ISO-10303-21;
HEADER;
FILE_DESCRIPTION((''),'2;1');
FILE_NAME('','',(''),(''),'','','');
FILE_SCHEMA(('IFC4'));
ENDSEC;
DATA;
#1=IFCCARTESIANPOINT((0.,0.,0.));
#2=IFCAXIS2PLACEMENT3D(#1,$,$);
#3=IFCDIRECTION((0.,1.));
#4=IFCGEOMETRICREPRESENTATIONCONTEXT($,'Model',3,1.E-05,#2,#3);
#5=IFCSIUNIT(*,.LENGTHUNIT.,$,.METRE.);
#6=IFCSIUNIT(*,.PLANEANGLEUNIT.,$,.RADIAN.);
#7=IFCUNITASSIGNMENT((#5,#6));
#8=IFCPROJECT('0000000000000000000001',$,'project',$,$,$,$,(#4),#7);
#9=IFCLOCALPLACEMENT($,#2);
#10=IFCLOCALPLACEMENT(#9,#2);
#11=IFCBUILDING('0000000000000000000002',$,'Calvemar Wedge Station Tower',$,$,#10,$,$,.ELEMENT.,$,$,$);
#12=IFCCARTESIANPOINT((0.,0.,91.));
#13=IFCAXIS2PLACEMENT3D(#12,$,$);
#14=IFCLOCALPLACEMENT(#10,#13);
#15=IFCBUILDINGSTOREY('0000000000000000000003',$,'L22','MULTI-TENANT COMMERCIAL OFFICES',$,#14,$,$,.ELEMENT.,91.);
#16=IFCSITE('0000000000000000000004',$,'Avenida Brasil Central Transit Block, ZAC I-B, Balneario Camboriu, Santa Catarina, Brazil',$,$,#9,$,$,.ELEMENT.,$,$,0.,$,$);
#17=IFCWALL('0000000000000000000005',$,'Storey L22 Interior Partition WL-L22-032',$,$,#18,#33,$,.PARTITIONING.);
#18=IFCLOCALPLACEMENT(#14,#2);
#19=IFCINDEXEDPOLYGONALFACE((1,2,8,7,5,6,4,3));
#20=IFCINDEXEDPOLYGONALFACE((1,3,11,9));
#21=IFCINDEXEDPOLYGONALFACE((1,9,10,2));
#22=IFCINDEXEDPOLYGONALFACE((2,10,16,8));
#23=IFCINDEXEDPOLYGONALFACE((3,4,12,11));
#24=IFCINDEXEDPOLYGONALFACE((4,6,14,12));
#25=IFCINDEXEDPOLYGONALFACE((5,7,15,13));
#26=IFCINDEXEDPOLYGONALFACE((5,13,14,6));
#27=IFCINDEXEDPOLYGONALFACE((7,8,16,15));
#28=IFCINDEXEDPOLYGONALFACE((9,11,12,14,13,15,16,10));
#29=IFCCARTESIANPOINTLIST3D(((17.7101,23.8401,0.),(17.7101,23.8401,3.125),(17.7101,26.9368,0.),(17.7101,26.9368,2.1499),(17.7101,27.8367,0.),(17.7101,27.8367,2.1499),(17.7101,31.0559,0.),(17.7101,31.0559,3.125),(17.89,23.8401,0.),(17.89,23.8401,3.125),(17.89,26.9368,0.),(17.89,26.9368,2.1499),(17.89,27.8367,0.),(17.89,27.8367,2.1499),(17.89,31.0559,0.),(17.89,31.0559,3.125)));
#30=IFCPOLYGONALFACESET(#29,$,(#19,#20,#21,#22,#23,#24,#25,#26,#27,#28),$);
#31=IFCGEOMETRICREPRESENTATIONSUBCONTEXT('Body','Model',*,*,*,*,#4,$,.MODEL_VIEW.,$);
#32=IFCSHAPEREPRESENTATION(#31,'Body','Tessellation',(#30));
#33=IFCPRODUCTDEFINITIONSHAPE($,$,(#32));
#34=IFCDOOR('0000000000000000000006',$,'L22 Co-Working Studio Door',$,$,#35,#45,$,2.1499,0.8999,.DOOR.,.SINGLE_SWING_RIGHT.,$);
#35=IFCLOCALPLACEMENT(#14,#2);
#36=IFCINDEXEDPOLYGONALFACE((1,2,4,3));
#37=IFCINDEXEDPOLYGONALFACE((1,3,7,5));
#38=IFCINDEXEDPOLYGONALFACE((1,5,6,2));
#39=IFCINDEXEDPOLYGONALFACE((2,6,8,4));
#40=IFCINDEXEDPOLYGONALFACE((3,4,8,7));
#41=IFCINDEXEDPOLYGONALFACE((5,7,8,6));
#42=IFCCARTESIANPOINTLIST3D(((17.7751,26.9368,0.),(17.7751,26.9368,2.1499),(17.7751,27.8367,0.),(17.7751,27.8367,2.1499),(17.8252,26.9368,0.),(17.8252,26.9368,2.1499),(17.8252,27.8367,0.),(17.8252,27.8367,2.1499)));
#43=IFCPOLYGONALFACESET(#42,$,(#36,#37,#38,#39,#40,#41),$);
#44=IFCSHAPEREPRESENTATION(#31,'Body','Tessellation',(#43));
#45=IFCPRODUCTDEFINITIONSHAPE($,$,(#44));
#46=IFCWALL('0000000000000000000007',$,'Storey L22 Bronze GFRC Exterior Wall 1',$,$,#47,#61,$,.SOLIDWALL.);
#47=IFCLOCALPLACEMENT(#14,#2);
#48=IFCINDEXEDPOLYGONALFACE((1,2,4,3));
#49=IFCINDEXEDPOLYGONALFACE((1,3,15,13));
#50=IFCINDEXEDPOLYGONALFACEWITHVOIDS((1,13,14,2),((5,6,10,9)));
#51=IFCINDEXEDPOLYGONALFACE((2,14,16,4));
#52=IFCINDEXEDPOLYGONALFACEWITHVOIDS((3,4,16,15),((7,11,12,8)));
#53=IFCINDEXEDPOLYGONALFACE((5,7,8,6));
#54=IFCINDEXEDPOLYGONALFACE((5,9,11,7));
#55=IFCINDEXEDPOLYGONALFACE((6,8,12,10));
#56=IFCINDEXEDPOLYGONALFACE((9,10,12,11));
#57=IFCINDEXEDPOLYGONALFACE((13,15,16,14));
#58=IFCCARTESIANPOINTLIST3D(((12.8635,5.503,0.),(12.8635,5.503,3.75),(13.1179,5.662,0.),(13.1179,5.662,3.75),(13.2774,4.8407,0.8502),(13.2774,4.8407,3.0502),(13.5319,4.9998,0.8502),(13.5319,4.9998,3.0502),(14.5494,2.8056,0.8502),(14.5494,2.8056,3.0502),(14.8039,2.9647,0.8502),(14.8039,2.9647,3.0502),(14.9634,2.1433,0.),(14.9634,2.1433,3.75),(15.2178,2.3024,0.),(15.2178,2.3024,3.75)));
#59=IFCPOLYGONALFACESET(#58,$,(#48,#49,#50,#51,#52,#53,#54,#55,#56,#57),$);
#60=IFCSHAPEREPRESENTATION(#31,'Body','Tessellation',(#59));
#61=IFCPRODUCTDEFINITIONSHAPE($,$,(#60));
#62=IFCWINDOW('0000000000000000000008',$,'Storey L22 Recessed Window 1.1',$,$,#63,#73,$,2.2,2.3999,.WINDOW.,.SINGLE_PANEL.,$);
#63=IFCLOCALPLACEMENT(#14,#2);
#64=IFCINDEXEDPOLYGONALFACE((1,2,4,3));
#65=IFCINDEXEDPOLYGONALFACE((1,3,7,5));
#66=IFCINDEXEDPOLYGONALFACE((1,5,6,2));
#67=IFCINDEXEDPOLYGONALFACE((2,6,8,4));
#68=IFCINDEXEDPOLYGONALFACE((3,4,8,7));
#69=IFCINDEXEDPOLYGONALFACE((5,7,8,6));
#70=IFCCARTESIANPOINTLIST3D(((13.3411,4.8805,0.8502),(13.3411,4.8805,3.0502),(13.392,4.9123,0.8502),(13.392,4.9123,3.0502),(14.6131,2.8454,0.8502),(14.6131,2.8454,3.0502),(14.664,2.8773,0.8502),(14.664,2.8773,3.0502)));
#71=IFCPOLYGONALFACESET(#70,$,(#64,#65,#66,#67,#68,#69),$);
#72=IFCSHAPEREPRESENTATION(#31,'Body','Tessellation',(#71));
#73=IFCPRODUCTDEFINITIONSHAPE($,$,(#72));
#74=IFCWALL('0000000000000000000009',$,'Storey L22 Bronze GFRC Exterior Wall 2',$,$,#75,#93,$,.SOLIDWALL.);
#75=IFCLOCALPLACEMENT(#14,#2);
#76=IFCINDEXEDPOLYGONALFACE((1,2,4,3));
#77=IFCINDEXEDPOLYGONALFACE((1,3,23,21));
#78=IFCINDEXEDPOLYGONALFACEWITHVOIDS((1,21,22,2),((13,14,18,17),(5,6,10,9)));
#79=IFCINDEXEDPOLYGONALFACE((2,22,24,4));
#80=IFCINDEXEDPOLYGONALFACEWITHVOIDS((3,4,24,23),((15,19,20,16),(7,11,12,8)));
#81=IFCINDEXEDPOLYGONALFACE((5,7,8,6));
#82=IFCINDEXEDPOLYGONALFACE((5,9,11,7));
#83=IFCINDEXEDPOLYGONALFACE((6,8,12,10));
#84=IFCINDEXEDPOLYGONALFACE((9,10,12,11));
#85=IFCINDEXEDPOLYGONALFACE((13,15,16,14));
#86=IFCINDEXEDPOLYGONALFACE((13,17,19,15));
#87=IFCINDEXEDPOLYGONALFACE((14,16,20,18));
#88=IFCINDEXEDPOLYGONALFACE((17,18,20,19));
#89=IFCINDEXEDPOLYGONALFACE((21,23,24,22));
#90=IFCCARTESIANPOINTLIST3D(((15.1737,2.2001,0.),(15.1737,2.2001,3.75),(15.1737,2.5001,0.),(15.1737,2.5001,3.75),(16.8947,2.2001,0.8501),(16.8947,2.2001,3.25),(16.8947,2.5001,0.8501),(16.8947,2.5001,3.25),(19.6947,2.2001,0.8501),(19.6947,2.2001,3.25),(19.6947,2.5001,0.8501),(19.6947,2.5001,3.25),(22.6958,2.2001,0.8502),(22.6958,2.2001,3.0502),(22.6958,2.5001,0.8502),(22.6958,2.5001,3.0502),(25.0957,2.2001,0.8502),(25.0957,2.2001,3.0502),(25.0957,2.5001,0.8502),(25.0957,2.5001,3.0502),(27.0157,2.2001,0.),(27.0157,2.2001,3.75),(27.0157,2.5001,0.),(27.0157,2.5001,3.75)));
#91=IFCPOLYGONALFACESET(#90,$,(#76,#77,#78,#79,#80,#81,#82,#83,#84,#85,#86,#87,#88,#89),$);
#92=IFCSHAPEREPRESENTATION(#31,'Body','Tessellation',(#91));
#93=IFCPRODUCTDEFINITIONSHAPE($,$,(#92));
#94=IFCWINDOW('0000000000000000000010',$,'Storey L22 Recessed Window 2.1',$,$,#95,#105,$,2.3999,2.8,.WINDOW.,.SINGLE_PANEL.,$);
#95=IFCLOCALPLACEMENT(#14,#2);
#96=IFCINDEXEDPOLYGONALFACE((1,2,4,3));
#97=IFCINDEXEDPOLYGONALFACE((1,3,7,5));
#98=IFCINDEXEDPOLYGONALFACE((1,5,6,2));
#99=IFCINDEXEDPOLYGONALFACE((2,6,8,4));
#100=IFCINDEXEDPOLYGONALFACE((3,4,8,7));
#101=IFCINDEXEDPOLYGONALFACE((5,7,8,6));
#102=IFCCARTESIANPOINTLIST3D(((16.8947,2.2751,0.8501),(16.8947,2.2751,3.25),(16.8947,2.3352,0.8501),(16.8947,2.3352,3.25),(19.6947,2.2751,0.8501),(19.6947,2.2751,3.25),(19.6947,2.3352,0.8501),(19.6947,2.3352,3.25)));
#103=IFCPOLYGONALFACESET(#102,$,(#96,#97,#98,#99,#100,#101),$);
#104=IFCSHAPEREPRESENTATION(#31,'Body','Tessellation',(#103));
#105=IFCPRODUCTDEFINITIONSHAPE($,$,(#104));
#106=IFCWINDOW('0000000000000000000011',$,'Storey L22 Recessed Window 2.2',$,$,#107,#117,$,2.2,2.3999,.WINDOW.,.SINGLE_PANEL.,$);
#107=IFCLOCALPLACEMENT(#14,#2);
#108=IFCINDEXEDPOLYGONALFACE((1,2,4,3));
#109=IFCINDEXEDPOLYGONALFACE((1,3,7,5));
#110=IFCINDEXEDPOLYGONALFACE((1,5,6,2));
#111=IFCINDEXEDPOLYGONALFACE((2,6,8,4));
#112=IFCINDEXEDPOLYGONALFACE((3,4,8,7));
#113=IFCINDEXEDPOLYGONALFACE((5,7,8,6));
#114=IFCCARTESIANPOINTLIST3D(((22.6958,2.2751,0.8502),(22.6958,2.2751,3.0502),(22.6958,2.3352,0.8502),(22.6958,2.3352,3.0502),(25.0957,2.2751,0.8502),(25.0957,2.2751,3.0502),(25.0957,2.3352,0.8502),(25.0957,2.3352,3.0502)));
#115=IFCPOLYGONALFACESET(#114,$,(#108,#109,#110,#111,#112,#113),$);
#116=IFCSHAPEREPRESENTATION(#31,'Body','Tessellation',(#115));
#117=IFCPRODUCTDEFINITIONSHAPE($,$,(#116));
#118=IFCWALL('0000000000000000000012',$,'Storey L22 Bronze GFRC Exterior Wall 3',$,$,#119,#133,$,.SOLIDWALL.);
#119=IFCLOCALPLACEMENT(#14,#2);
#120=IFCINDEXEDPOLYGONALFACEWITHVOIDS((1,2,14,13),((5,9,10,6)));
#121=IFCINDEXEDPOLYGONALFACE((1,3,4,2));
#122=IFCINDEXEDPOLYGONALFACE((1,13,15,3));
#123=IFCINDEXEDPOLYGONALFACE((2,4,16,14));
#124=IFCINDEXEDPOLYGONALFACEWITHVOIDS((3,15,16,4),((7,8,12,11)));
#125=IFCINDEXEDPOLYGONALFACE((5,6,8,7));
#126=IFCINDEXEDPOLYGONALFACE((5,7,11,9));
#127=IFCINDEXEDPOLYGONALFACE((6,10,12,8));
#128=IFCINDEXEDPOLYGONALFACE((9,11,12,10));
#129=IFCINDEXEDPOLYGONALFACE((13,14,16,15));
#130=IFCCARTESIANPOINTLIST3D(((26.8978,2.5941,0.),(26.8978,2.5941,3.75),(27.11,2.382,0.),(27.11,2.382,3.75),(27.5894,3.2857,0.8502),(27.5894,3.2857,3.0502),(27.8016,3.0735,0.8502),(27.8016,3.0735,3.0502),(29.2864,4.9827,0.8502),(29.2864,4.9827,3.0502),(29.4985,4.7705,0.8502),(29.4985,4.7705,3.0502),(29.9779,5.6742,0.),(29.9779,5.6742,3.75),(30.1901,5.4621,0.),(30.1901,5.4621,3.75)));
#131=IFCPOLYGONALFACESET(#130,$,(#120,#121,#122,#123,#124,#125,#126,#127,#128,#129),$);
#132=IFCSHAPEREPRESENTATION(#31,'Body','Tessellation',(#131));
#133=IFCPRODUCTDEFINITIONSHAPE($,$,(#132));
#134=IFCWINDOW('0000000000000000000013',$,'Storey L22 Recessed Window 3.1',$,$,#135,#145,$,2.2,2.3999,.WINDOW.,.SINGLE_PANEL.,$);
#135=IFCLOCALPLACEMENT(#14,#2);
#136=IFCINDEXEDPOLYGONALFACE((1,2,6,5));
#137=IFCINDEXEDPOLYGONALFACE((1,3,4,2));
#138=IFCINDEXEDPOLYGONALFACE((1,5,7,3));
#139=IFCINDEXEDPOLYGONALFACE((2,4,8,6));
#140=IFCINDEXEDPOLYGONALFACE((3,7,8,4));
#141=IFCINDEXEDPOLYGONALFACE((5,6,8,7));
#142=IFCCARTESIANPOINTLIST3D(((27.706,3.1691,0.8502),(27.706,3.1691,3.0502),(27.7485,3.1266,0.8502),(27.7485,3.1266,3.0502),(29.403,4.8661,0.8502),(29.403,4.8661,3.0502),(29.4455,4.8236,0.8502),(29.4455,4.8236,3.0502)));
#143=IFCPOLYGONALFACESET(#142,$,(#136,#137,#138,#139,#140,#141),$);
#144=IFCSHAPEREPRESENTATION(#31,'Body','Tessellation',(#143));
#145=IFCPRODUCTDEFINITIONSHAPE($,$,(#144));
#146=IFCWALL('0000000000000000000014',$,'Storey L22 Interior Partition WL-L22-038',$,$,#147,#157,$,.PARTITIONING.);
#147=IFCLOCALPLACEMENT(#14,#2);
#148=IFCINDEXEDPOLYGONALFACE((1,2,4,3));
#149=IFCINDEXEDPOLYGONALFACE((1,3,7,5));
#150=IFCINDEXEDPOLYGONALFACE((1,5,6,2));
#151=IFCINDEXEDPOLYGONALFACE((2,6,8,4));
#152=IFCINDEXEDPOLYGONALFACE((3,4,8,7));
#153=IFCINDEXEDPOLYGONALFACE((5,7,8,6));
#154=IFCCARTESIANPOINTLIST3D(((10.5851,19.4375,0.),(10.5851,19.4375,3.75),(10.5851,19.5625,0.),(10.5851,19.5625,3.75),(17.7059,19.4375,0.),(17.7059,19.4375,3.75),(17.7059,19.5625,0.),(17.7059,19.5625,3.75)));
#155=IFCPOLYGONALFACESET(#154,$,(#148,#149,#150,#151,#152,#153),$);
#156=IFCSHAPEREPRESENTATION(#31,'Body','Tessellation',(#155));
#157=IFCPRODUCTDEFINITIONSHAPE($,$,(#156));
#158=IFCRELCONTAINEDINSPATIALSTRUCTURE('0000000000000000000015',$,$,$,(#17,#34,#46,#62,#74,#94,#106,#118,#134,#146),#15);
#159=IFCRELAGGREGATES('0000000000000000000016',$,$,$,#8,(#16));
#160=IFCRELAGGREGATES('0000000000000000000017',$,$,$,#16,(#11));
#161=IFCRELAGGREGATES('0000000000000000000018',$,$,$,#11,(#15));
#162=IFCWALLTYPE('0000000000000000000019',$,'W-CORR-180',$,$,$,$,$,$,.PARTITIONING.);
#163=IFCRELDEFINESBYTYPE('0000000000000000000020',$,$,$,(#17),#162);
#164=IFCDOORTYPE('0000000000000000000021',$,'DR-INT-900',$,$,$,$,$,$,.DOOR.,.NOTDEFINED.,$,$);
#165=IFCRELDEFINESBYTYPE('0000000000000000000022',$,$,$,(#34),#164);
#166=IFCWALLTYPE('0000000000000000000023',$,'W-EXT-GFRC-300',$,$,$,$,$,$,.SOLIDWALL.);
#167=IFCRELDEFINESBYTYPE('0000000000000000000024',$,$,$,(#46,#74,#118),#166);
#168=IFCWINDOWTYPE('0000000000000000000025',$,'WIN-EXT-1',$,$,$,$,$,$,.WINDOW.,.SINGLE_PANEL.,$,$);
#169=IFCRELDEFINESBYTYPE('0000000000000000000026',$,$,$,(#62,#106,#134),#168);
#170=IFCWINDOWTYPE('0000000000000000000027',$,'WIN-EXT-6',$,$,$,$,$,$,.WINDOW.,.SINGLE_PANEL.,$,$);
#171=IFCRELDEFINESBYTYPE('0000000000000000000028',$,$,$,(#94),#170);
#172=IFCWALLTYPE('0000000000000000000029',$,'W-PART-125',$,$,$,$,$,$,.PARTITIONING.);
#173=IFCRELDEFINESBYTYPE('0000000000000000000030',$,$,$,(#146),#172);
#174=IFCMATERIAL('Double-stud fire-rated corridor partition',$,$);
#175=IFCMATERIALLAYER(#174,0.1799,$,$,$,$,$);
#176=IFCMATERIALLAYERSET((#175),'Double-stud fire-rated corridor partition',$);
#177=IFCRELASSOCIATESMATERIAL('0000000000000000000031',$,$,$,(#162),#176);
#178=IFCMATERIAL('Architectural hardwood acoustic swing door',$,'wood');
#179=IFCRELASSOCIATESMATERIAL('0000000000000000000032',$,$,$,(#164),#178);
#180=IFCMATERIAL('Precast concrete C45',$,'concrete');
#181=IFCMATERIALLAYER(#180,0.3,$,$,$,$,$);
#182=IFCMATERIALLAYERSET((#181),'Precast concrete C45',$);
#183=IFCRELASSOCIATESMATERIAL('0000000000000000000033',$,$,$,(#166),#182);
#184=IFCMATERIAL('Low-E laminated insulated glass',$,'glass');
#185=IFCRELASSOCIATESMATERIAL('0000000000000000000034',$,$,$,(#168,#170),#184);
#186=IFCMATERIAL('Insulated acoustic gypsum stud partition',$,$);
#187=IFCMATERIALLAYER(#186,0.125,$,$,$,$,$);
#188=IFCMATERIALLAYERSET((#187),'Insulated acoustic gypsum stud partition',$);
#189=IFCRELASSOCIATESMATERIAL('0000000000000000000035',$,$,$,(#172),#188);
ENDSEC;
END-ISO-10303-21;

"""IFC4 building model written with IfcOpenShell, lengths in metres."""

from ifc_helpers import new_model, si_unit, direction, frame, frame_2d, origin, place, context, subcontext, project, spatial, rectangle, extrude, source, transform, mapped, material, layer, layer_set, type_object, element, fill, save


model = new_model("IFC4")

# Units and contexts
model_context = context("Model", 3, precision=1e-05, world=origin(), true_north=direction((0.0, 1.0)))
body_context = subcontext(model_context, "Body", "Model", "MODEL_VIEW")
ifc_project = project(units=[si_unit("LENGTHUNIT", "METRE"), si_unit("PLANEANGLEUNIT", "RADIAN")], contexts=[model_context])

# Site, building, storey
site_placement = place(None, origin())
site = spatial("IfcSite", under=ifc_project, at=site_placement, Name="Avenida Brasil Central Transit Block, ZAC I-B, Balneario Camboriu, Santa Catarina, Brazil", CompositionType="ELEMENT", RefElevation=0.0)
building_placement = place(site_placement, origin())
building = spatial("IfcBuilding", under=site, at=building_placement, Name="Calvemar Wedge Station Tower", CompositionType="ELEMENT")
storey_placement = place(building_placement, frame((0.0, 0.0, 91.0)))
storey = spatial("IfcBuildingStorey", under=building, at=storey_placement, Name="L22", Description="MULTI-TENANT COMMERCIAL OFFICES", CompositionType="ELEMENT", Elevation=91.0)

# Wall, opening, door
ifc_material_1 = material(Name="Double-stud fire-rated corridor partition")
ifc_layer_1 = layer(ifc_material_1, 0.1799)
ifc_layer_set_1 = layer_set([ifc_layer_1], Name="Double-stud fire-rated corridor partition")
wall_type_1 = type_object("IfcWallType", Name="W-CORR-180", PredefinedType="PARTITIONING", material=ifc_layer_set_1)
wall_1_placement = place(storey_placement, frame((17.8, 23.8401, 0.0), z_axis=(0.0, 0.0, 1.0), x_axis=(0.0, 1.0, 0.0)))
wall_1 = element("IfcWall", 1, at=wall_1_placement, inside=storey, type_object=wall_type_1, Name="Storey L22 Interior Partition WL-L22-032", PredefinedType="PARTITIONING", context=body_context, shape_type="SweptSolid", body=[
    extrude(rectangle(XDim=7.2158, YDim=0.1799, at=frame_2d((3.6079, 0.0))), origin(), (0.0, 0.0, 1.0), 3.125),
])
shared_shape_1 = source(origin(), body_context, "Body", "SweptSolid", [
    extrude(rectangle(XDim=0.8999, YDim=2.1499, at=frame_2d((0.45, 1.075))), frame((0.0, 0.1001, 0.0), z_axis=(0.0, -1.0, 0.0), x_axis=(1.0, 0.0, 0.0)), (0.0, 0.0, 1.0), 0.2),
])
opening_1_placement = place(wall_1_placement, frame((3.0967, 0.0, 0.0)))
opening_1 = element("IfcOpeningElement", 2, at=opening_1_placement, cuts=wall_1, PredefinedType="OPENING", context=body_context, shape_type="MappedRepresentation", body=[
    mapped(shared_shape_1, transform((0.0, 0.0, 0.0), scale=1.0)),
])
ifc_material_2 = material(Name="Architectural hardwood acoustic swing door", Category="wood")
door_type_1 = type_object("IfcDoorType", Name="DR-INT-900", OperationType="NOTDEFINED", PredefinedType="DOOR", material=ifc_material_2)
shared_shape_2 = source(origin(), body_context, "Body", "SweptSolid", [
    extrude(rectangle(XDim=0.8999, YDim=2.1499, at=frame_2d((0.45, 1.075))), frame((0.0, 0.0249, 0.0), z_axis=(0.0, -1.0, 0.0), x_axis=(1.0, 0.0, 0.0)), (0.0, 0.0, 1.0), 0.05),
])
door_1_placement = place(opening_1_placement, origin())
door_1 = element("IfcDoor", 3, at=door_1_placement, inside=storey, type_object=door_type_1, Name="L22 Co-Working Studio Door", OperationType="SINGLE_SWING_RIGHT", OverallHeight=2.1499, OverallWidth=0.8999, PredefinedType="DOOR", context=body_context, shape_type="MappedRepresentation", body=[
    mapped(shared_shape_2, transform((0.0, 0.0, 0.0), scale=1.0)),
])
fill(opening_1, door_1)

# Wall, opening, window
ifc_material_3 = material(Name="Precast concrete C45", Category="concrete")
ifc_layer_2 = layer(ifc_material_3, 0.3)
ifc_layer_set_2 = layer_set([ifc_layer_2], Name="Precast concrete C45")
wall_type_2 = type_object("IfcWallType", Name="W-EXT-GFRC-300", PredefinedType="SOLIDWALL", material=ifc_layer_set_2)
wall_2_placement = place(storey_placement, frame((12.9907, 5.5825, 0.0), z_axis=(0.0, 0.0, 1.0), x_axis=(0.530016, -0.847988, 0.0)))
wall_2 = element("IfcWall", 4, at=wall_2_placement, inside=storey, type_object=wall_type_2, Name="Storey L22 Bronze GFRC Exterior Wall 1", PredefinedType="SOLIDWALL", context=body_context, shape_type="SweptSolid", body=[
    extrude(rectangle(XDim=3.9619, YDim=0.3, at=frame_2d((1.981, 0.0))), origin(), (0.0, 0.0, 1.0), 3.75),
])
shared_shape_3 = source(origin(), body_context, "Body", "SweptSolid", [
    extrude(rectangle(XDim=2.3999, YDim=2.2, at=frame_2d((1.2, 1.1001))), frame((0.0, 0.1602, 0.0), z_axis=(0.0, -1.0, 0.0), x_axis=(1.0, 0.0, 0.0)), (0.0, 0.0, 1.0), 0.3201),
])
opening_2_placement = place(wall_2_placement, frame((0.781, 0.0, 0.8501)))
opening_2 = element("IfcOpeningElement", 5, at=opening_2_placement, cuts=wall_2, PredefinedType="OPENING", context=body_context, shape_type="MappedRepresentation", body=[
    mapped(shared_shape_3, transform((0.0, 0.0, 0.0), scale=1.0)),
])
ifc_material_4 = material(Name="Low-E laminated insulated glass", Category="glass")
window_type_1 = type_object("IfcWindowType", Name="WIN-EXT-1", PartitioningType="SINGLE_PANEL", PredefinedType="WINDOW", material=ifc_material_4)
shared_shape_4 = source(origin(), body_context, "Body", "SweptSolid", [
    extrude(rectangle(XDim=2.3999, YDim=2.2, at=frame_2d((1.2, 1.1001))), frame((0.0, -0.0149, 0.0), z_axis=(0.0, -1.0, 0.0), x_axis=(1.0, 0.0, 0.0)), (0.0, 0.0, 1.0), 0.0601),
])
window_1_placement = place(opening_2_placement, origin())
window_1 = element("IfcWindow", 6, at=window_1_placement, inside=storey, type_object=window_type_1, Name="Storey L22 Recessed Window 1.1", OverallHeight=2.2, OverallWidth=2.3999, PartitioningType="SINGLE_PANEL", PredefinedType="WINDOW", context=body_context, shape_type="MappedRepresentation", body=[
    mapped(shared_shape_4, transform((0.0, 0.0, 0.0), scale=1.0)),
])
fill(opening_2, window_1)

# Wall, openings, windows
wall_3_placement = place(storey_placement, frame((15.1738, 2.3501, 0.0), z_axis=(0.0, 0.0, 1.0), x_axis=(1.0, 0.0, 0.0)))
wall_3 = element("IfcWall", 7, at=wall_3_placement, inside=storey, type_object=wall_type_2, Name="Storey L22 Bronze GFRC Exterior Wall 2", PredefinedType="SOLIDWALL", context=body_context, shape_type="SweptSolid", body=[
    extrude(rectangle(XDim=11.842, YDim=0.3, at=frame_2d((5.9209, 0.0))), origin(), (0.0, 0.0, 1.0), 3.75),
])
shared_shape_5 = source(origin(), body_context, "Body", "SweptSolid", [
    extrude(rectangle(XDim=2.8, YDim=2.3999, at=frame_2d((1.3999, 1.2))), frame((0.0, 0.1602, 0.0), z_axis=(0.0, -1.0, 0.0), x_axis=(1.0, 0.0, 0.0)), (0.0, 0.0, 1.0), 0.3201),
])
opening_3_placement = place(wall_3_placement, frame((1.7209, 0.0, 0.8501)))
opening_3 = element("IfcOpeningElement", 8, at=opening_3_placement, cuts=wall_3, PredefinedType="OPENING", context=body_context, shape_type="MappedRepresentation", body=[
    mapped(shared_shape_5, transform((0.0, 0.0, 0.0), scale=1.0)),
])
opening_4_placement = place(wall_3_placement, frame((7.522, 0.0, 0.8501)))
opening_4 = element("IfcOpeningElement", 9, at=opening_4_placement, cuts=wall_3, PredefinedType="OPENING", context=body_context, shape_type="MappedRepresentation", body=[
    mapped(shared_shape_3, transform((0.0, 0.0, 0.0), scale=1.0)),
])
window_type_2 = type_object("IfcWindowType", Name="WIN-EXT-6", PartitioningType="SINGLE_PANEL", PredefinedType="WINDOW", material=ifc_material_4)
shared_shape_6 = source(origin(), body_context, "Body", "SweptSolid", [
    extrude(rectangle(XDim=2.8, YDim=2.3999, at=frame_2d((1.3999, 1.2))), frame((0.0, -0.0149, 0.0), z_axis=(0.0, -1.0, 0.0), x_axis=(1.0, 0.0, 0.0)), (0.0, 0.0, 1.0), 0.0601),
])
window_2_placement = place(opening_3_placement, origin())
window_2 = element("IfcWindow", 10, at=window_2_placement, inside=storey, type_object=window_type_2, Name="Storey L22 Recessed Window 2.1", OverallHeight=2.3999, OverallWidth=2.8, PartitioningType="SINGLE_PANEL", PredefinedType="WINDOW", context=body_context, shape_type="MappedRepresentation", body=[
    mapped(shared_shape_6, transform((0.0, 0.0, 0.0), scale=1.0)),
])
fill(opening_3, window_2)
window_3_placement = place(opening_4_placement, origin())
window_3 = element("IfcWindow", 11, at=window_3_placement, inside=storey, type_object=window_type_1, Name="Storey L22 Recessed Window 2.2", OverallHeight=2.2, OverallWidth=2.3999, PartitioningType="SINGLE_PANEL", PredefinedType="WINDOW", context=body_context, shape_type="MappedRepresentation", body=[
    mapped(shared_shape_4, transform((0.0, 0.0, 0.0), scale=1.0)),
])
fill(opening_4, window_3)

# Wall, opening, window
wall_4_placement = place(storey_placement, frame((27.0039, 2.488, 0.0), z_axis=(0.0, 0.0, 1.0), x_axis=(0.707107, 0.707107, 0.0)))
wall_4 = element("IfcWall", 12, at=wall_4_placement, inside=storey, type_object=wall_type_2, Name="Storey L22 Bronze GFRC Exterior Wall 3", PredefinedType="SOLIDWALL", context=body_context, shape_type="SweptSolid", body=[
    extrude(rectangle(XDim=4.356, YDim=0.3, at=frame_2d((2.178, 0.0))), origin(), (0.0, 0.0, 1.0), 3.75),
])
opening_5_placement = place(wall_4_placement, frame((0.978, 0.0, 0.8501)))
opening_5 = element("IfcOpeningElement", 13, at=opening_5_placement, cuts=wall_4, PredefinedType="OPENING", context=body_context, shape_type="MappedRepresentation", body=[
    mapped(shared_shape_3, transform((0.0, 0.0, 0.0), scale=1.0)),
])
window_4_placement = place(opening_5_placement, origin())
window_4 = element("IfcWindow", 14, at=window_4_placement, inside=storey, type_object=window_type_1, Name="Storey L22 Recessed Window 3.1", OverallHeight=2.2, OverallWidth=2.3999, PartitioningType="SINGLE_PANEL", PredefinedType="WINDOW", context=body_context, shape_type="MappedRepresentation", body=[
    mapped(shared_shape_4, transform((0.0, 0.0, 0.0), scale=1.0)),
])
fill(opening_5, window_4)

# Wall
ifc_material_5 = material(Name="Insulated acoustic gypsum stud partition")
ifc_layer_3 = layer(ifc_material_5, 0.125)
ifc_layer_set_3 = layer_set([ifc_layer_3], Name="Insulated acoustic gypsum stud partition")
wall_type_3 = type_object("IfcWallType", Name="W-PART-125", PredefinedType="PARTITIONING", material=ifc_layer_set_3)
wall_5_placement = place(storey_placement, frame((17.7061, 19.5, 0.0), z_axis=(0.0, 0.0, 1.0), x_axis=(-1.0, 0.0, 0.0)))
element("IfcWall", 15, at=wall_5_placement, inside=storey, type_object=wall_type_3, Name="Storey L22 Interior Partition WL-L22-038", PredefinedType="PARTITIONING", context=body_context, shape_type="SweptSolid", body=[
    extrude(rectangle(XDim=7.1208, YDim=0.125, at=frame_2d((3.5605, 0.0))), origin(), (0.0, 0.0, 1.0), 3.75),
])

save(model, "model.ifc")
